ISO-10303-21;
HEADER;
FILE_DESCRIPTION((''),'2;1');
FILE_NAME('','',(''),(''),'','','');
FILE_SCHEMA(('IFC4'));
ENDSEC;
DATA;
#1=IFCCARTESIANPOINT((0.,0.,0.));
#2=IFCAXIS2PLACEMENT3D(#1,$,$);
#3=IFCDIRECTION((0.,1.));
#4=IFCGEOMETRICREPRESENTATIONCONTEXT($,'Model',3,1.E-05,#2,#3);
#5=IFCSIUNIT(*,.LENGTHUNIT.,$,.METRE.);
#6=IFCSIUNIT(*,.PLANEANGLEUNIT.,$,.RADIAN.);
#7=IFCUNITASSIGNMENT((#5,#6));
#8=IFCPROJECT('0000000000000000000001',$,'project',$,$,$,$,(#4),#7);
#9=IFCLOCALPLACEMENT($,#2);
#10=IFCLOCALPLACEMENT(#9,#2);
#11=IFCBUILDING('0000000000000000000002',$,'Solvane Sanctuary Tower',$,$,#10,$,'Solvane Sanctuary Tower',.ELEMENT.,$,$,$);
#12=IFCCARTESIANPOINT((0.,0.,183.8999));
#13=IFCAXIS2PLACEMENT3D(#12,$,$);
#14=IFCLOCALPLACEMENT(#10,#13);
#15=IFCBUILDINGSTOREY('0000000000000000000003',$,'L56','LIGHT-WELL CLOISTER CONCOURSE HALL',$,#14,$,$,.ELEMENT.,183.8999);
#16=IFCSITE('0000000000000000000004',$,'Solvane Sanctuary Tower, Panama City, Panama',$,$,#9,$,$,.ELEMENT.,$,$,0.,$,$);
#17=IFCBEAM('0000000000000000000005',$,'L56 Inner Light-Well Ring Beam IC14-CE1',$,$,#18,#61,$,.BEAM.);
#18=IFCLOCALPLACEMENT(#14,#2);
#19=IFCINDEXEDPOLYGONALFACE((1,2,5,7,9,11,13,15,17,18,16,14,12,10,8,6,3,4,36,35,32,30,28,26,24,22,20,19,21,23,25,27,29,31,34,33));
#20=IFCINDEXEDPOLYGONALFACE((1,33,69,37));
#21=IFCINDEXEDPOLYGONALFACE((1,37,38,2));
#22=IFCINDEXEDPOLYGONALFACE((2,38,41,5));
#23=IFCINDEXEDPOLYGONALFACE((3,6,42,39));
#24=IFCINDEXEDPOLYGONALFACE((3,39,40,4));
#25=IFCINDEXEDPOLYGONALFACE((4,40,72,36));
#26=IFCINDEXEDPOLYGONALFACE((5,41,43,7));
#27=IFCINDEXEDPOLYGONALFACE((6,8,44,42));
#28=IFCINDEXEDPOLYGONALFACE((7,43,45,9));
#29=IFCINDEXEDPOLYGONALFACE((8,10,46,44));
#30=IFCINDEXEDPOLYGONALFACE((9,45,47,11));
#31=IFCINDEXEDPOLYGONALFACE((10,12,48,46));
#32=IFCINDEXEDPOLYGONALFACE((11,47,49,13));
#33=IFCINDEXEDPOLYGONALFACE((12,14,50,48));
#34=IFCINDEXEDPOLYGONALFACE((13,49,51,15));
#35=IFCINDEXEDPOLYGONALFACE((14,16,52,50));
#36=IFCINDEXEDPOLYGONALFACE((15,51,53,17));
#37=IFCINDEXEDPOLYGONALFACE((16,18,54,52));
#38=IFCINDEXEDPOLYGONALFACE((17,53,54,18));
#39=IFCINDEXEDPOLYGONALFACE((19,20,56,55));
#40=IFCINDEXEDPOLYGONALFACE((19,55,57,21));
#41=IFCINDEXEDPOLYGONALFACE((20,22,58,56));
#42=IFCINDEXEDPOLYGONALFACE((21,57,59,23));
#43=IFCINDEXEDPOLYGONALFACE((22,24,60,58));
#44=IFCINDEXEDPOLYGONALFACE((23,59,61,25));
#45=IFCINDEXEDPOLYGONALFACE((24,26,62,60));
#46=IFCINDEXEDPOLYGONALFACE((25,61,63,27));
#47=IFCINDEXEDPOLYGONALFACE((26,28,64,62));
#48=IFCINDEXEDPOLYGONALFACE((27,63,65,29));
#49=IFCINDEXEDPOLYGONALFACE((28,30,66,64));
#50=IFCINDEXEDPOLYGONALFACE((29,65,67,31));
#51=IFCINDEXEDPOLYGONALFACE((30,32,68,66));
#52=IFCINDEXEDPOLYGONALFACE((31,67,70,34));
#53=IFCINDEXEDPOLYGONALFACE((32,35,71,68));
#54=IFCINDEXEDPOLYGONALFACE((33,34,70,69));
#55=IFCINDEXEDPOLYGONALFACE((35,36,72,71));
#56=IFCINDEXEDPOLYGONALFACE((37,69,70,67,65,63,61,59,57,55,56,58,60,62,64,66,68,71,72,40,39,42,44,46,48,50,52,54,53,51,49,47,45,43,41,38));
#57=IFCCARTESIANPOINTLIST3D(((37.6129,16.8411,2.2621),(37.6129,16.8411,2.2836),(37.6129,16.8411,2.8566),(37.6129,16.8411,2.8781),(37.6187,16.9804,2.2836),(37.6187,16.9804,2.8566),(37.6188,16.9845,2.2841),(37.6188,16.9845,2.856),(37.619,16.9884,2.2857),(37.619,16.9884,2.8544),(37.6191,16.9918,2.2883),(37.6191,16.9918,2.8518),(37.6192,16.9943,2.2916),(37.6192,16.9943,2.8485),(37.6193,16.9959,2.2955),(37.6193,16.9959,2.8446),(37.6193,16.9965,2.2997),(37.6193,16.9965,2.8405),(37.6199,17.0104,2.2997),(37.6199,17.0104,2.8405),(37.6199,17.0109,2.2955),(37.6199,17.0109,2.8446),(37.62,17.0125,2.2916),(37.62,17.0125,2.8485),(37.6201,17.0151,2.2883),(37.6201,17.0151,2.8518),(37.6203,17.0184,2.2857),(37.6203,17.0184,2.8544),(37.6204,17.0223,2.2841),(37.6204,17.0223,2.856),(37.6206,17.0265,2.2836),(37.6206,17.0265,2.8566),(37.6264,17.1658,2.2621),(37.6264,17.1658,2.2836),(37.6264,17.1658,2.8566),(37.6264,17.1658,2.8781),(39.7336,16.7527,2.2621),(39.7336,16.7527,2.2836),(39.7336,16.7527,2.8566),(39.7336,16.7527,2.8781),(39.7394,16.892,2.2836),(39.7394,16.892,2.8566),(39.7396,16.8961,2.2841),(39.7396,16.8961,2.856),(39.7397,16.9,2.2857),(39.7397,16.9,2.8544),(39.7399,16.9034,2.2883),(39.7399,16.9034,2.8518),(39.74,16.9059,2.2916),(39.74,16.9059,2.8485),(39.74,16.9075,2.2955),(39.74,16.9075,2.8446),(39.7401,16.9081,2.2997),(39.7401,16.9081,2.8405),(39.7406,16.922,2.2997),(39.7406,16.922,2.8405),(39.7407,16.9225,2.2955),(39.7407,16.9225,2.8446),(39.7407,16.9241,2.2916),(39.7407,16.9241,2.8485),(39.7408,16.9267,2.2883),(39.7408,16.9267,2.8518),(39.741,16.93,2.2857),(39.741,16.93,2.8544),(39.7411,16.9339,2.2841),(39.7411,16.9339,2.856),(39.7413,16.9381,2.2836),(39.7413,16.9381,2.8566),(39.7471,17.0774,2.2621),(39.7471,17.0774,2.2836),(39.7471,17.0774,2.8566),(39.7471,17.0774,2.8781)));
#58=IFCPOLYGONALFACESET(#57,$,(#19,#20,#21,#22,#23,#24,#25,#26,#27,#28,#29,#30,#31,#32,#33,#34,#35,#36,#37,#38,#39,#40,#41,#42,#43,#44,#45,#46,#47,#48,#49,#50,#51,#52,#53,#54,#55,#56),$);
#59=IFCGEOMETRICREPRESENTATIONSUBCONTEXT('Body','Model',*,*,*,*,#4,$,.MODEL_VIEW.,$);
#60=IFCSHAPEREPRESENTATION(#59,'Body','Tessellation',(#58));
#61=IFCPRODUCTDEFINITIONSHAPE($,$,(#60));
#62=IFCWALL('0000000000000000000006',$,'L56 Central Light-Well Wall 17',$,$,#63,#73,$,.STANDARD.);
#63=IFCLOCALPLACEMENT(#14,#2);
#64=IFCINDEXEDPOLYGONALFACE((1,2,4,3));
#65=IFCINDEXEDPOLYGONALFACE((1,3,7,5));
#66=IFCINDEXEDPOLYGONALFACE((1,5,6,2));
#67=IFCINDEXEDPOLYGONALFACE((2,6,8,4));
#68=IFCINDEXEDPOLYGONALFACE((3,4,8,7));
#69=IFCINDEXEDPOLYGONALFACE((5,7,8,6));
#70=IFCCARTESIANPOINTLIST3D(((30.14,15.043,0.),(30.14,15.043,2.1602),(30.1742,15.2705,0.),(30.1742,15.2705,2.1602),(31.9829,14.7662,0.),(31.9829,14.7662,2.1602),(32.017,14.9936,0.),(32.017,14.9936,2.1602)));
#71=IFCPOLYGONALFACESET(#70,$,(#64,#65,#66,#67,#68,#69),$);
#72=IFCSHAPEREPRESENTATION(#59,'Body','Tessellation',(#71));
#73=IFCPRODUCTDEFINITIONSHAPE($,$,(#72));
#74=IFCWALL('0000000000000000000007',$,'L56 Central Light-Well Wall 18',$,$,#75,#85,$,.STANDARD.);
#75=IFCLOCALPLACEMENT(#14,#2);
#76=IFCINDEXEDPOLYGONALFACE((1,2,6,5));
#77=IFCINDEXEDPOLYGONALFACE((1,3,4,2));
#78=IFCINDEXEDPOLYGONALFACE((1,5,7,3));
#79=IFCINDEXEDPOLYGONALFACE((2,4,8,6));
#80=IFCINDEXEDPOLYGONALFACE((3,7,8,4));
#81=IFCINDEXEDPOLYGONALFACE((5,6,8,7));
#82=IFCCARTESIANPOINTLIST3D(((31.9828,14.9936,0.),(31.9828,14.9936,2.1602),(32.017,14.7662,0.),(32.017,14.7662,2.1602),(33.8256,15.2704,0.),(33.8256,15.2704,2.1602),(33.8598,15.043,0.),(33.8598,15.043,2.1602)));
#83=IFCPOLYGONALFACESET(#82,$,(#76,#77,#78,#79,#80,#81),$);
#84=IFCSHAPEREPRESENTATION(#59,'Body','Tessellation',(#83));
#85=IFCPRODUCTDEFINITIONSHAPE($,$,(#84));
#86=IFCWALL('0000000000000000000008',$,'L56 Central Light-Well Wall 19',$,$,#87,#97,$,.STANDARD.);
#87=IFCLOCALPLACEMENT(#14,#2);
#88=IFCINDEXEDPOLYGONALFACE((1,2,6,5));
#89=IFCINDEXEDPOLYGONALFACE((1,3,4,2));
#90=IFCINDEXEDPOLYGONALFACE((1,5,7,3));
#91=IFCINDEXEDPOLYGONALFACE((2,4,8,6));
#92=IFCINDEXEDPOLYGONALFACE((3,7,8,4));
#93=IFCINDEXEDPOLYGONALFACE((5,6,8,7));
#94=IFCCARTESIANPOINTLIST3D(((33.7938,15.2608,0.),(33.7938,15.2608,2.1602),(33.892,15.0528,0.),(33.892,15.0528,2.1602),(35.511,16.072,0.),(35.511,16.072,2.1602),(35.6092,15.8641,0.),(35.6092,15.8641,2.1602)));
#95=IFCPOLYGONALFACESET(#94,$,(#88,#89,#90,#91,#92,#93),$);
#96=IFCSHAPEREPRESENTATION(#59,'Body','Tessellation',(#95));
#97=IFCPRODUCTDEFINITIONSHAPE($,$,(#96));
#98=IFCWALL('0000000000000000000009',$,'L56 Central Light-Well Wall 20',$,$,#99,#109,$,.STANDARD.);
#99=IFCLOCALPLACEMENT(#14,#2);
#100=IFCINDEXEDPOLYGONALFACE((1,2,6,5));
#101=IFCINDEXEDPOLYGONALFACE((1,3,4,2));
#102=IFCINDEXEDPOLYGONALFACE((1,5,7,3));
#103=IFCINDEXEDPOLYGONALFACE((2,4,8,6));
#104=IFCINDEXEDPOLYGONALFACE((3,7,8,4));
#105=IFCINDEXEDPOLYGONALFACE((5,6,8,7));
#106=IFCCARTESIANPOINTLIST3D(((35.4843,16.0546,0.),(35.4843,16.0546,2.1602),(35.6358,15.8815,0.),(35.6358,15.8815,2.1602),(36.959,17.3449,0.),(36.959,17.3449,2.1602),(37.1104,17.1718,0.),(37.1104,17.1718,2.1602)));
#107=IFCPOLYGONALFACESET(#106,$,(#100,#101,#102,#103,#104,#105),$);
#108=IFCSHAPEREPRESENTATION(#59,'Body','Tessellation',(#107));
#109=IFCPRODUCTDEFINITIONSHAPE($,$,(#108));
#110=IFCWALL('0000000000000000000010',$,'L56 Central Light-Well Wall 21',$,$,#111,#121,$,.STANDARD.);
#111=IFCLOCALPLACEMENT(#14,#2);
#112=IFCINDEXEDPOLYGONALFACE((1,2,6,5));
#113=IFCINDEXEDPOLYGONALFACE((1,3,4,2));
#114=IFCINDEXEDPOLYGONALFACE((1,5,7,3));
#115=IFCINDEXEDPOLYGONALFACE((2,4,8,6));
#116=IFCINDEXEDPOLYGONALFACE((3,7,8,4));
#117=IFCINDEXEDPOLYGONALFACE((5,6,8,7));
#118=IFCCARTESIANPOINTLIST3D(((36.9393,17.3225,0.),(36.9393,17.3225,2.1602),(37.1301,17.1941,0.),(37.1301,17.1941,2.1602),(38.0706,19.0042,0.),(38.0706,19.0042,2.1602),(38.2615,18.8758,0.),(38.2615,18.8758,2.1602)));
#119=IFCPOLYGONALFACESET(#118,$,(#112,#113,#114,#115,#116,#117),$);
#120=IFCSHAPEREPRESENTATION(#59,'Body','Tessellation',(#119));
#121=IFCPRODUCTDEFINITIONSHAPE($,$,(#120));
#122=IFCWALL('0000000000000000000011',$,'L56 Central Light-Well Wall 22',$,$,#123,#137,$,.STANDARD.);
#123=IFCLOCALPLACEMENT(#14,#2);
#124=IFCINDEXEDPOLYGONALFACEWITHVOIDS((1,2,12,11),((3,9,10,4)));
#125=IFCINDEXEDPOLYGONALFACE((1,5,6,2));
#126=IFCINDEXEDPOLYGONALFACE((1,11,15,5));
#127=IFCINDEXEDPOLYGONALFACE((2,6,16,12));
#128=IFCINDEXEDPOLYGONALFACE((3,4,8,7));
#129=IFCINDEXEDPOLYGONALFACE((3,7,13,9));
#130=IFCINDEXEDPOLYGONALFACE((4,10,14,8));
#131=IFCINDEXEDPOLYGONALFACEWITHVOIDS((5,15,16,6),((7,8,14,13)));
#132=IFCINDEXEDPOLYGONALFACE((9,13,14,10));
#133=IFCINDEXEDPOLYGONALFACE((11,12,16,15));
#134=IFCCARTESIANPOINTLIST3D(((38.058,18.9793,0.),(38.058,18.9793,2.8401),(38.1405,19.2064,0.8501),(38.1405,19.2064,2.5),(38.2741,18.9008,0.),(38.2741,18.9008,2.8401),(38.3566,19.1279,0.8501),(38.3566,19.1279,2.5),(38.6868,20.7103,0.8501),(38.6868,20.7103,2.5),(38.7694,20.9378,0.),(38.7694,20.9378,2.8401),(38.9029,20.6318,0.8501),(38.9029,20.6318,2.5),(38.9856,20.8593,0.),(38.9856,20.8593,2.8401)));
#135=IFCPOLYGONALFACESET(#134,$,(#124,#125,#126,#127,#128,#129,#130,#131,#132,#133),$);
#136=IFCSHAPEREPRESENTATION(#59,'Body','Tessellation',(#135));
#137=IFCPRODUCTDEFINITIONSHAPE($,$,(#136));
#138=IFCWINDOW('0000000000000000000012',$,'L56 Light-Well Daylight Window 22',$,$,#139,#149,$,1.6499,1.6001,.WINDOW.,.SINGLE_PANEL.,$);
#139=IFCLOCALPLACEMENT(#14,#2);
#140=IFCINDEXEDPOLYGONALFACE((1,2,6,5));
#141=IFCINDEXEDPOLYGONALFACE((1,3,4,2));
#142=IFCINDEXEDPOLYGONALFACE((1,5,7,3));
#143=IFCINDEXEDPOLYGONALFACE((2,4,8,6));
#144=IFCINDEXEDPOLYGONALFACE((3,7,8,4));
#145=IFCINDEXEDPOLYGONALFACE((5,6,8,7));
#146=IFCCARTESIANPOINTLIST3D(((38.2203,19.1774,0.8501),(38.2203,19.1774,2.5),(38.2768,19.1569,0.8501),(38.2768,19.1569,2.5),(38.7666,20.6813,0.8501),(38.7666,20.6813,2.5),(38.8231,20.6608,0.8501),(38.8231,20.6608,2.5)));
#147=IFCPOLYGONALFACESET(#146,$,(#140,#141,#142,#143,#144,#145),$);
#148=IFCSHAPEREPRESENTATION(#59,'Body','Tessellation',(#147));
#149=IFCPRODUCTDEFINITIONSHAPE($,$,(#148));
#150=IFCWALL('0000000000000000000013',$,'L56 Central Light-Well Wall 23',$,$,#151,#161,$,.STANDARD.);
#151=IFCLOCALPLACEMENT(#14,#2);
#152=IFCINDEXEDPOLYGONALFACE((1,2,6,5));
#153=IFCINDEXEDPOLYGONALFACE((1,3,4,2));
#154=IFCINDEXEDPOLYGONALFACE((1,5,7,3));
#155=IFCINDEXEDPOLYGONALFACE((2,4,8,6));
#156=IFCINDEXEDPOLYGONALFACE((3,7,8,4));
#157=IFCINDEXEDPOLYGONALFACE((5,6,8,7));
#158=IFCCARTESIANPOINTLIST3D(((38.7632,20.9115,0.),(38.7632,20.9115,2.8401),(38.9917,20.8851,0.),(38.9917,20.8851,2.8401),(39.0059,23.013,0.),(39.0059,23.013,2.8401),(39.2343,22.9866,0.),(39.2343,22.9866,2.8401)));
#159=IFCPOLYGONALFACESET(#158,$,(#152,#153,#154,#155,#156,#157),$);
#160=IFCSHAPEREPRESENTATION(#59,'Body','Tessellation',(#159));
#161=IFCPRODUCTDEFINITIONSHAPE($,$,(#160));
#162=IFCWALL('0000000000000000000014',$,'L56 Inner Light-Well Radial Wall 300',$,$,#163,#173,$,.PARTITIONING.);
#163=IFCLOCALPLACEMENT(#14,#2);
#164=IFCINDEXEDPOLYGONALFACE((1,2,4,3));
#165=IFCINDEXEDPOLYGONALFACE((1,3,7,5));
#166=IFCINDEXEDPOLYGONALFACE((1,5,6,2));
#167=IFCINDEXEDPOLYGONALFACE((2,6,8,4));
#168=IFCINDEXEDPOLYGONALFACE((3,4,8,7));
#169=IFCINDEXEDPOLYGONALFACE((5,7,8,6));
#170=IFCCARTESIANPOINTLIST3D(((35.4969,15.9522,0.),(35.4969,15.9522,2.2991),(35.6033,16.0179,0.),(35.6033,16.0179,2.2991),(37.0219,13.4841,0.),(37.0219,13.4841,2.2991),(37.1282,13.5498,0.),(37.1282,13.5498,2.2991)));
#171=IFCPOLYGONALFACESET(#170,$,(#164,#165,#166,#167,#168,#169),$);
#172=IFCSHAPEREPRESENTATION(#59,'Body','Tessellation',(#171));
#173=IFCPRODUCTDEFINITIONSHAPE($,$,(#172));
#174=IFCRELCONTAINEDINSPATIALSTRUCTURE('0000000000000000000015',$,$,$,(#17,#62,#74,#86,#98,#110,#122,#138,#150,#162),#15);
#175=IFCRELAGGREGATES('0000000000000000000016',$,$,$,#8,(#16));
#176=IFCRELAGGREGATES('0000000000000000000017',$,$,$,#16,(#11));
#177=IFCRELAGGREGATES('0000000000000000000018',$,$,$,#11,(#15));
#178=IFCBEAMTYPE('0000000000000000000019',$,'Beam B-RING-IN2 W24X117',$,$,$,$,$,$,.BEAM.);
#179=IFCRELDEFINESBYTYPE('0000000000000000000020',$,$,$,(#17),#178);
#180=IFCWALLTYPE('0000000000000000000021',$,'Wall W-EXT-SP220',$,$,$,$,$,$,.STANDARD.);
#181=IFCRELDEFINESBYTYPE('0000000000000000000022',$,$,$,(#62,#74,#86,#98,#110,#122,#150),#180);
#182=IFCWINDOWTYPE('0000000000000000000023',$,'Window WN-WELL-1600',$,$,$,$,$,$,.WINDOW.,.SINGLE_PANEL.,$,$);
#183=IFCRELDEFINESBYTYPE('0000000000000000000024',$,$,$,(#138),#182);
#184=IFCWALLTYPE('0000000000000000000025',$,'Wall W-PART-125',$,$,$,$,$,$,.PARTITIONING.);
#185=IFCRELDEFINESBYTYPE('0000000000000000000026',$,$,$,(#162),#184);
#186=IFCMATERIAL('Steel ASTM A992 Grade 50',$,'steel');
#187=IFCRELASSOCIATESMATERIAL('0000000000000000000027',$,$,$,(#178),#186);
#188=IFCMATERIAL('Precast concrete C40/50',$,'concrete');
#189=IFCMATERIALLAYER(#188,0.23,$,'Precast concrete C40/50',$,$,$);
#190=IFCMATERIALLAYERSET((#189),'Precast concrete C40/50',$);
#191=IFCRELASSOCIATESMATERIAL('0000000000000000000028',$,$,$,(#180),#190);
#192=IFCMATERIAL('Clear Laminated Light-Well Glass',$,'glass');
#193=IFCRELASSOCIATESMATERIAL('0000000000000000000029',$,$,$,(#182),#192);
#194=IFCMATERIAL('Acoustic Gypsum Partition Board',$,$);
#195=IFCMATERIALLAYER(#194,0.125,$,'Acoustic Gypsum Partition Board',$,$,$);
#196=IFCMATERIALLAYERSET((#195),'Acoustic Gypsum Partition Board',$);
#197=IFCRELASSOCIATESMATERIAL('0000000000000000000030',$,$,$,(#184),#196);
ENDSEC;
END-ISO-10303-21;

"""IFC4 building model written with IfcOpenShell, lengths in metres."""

from ifc_helpers import new_model, si_unit, direction, frame, frame_2d, origin, origin_2d, place, context, subcontext, project, spatial, rectangle, i_section, extrude, material, layer, layer_set, material_profile, profile_set, type_object, element, fill, save


model = new_model("IFC4")

# Units and contexts
model_context = context("Model", 3, precision=1e-05, world=origin(), true_north=direction((0.0, 1.0)))
body_context = subcontext(model_context, "Body", "Model", "MODEL_VIEW")
ifc_project = project(units=[si_unit("LENGTHUNIT", "METRE"), si_unit("PLANEANGLEUNIT", "RADIAN")], contexts=[model_context])

# Site, building, storey
site_placement = place(None, origin())
site = spatial("IfcSite", under=ifc_project, at=site_placement, Name="Solvane Sanctuary Tower, Panama City, Panama", CompositionType="ELEMENT", RefElevation=0.0)
building_placement = place(site_placement, origin())
building = spatial("IfcBuilding", under=site, at=building_placement, Name="Solvane Sanctuary Tower", LongName="Solvane Sanctuary Tower", CompositionType="ELEMENT")
storey_placement = place(building_placement, frame((0.0, 0.0, 183.8999)))
storey = spatial("IfcBuildingStorey", under=building, at=storey_placement, Name="L56", Description="LIGHT-WELL CLOISTER CONCOURSE HALL", CompositionType="ELEMENT", Elevation=183.8999)

# Beam
ifc_material_1 = material(Name="Steel ASTM A992 Grade 50", Category="steel")
ifc_material_profile_1 = material_profile(ifc_material_1, i_section(OverallWidth=0.325, OverallDepth=0.616, WebThickness=0.0139, FlangeThickness=0.0215, FilletRadius=0.0161, at=origin_2d()), Name="W24X117")
ifc_profile_set_1 = profile_set([ifc_material_profile_1], Name="Steel ASTM A992 Grade 50")
beam_type_1 = type_object("IfcBeamType", Name="Beam B-RING-IN2 W24X117", PredefinedType="BEAM", material=ifc_profile_set_1)
beam_1_placement = place(storey_placement, frame((37.6196, 17.0034, 2.5701), z_axis=(0.999133, -0.04164, 0.0), x_axis=(0.04164, 0.999133, 0.0)))
element("IfcBeam", 1, at=beam_1_placement, inside=storey, type_object=beam_type_1, Name="L56 Inner Light-Well Ring Beam IC14-CE1", PredefinedType="BEAM", context=body_context, shape_type="SweptSolid", body=[
    extrude(i_section(OverallWidth=0.325, OverallDepth=0.616, WebThickness=0.0139, FlangeThickness=0.0215, FilletRadius=0.0161, at=origin_2d()), origin(), (0.0, 0.0, 1.0), 2.1226),
])

# Walls
ifc_material_2 = material(Name="Precast concrete C40/50", Category="concrete")
ifc_layer_1 = layer(ifc_material_2, 0.23, Name="Precast concrete C40/50")
ifc_layer_set_1 = layer_set([ifc_layer_1], Name="Precast concrete C40/50")
wall_type_1 = type_object("IfcWallType", Name="Wall W-EXT-SP220", PredefinedType="STANDARD", material=ifc_layer_set_1)
for number, where, z_axis, x_axis, name in (
    (2, (30.1572, 15.1567, 0.0), (0.0, 0.0, 1.0), (0.988902, -0.148571, 0.0), "L56 Central Light-Well Wall 17"),
    (3, (32.0, 14.8799, 0.0), (0.0, 0.0, 1.0), (0.988902, 0.148571, 0.0), "L56 Central Light-Well Wall 18"),
):
    element("IfcWall", number, at=place(storey_placement, frame(where, z_axis=z_axis, x_axis=x_axis)), inside=storey, type_object=wall_type_1, Name=name, PredefinedType="STANDARD", context=body_context, shape_type="SweptSolid", body=[
        extrude(rectangle(XDim=1.8635, YDim=0.23, at=frame_2d((0.9316, 0.0))), origin(), (0.0, 0.0, 1.0), 2.1602),
    ])
wall_1_placement = place(storey_placement, frame((33.8428, 15.1567, 0.0), z_axis=(0.0, 0.0, 1.0), x_axis=(0.90418, 0.427152, 0.0)))
element("IfcWall", 4, at=wall_1_placement, inside=storey, type_object=wall_type_1, Name="L56 Central Light-Well Wall 19", PredefinedType="STANDARD", context=body_context, shape_type="SweptSolid", body=[
    extrude(rectangle(XDim=1.8992, YDim=0.23, at=frame_2d((0.9497, 0.0))), origin(), (0.0, 0.0, 1.0), 2.1602),
])
wall_2_placement = place(storey_placement, frame((35.5601, 15.968, 0.0), z_axis=(0.0, 0.0, 1.0), x_axis=(0.752577, 0.658505, 0.0)))
element("IfcWall", 5, at=wall_2_placement, inside=storey, type_object=wall_type_1, Name="L56 Central Light-Well Wall 20", PredefinedType="STANDARD", context=body_context, shape_type="SweptSolid", body=[
    extrude(rectangle(XDim=1.9595, YDim=0.23, at=frame_2d((0.9797, 0.0))), origin(), (0.0, 0.0, 1.0), 2.1602),
])
wall_3_placement = place(storey_placement, frame((37.0347, 17.2583, 0.0), z_axis=(0.0, 0.0, 1.0), x_axis=(0.558198, 0.829708, 0.0)))
element("IfcWall", 6, at=wall_3_placement, inside=storey, type_object=wall_type_1, Name="L56 Central Light-Well Wall 21", PredefinedType="STANDARD", context=body_context, shape_type="SweptSolid", body=[
    extrude(rectangle(XDim=2.0269, YDim=0.23, at=frame_2d((1.0134, 0.0))), origin(), (0.0, 0.0, 1.0), 2.1602),
])

# Wall, opening, window
wall_4_placement = place(storey_placement, frame((38.166, 18.9399, 0.0), z_axis=(0.0, 0.0, 1.0), x_axis=(0.341423, 0.93991, 0.0)))
wall_4 = element("IfcWall", 7, at=wall_4_placement, inside=storey, type_object=wall_type_1, Name="L56 Central Light-Well Wall 22", PredefinedType="STANDARD", context=body_context, shape_type="SweptSolid", body=[
    extrude(rectangle(XDim=2.0837, YDim=0.23, at=frame_2d((1.042, 0.0))), origin(), (0.0, 0.0, 1.0), 2.8401),
])
opening_placement = place(wall_4_placement, frame((0.2417, 0.0, 0.8501)))
opening = element("IfcOpeningElement", 8, at=opening_placement, cuts=wall_4, PredefinedType="OPENING", context=body_context, shape_type="SweptSolid", body=[
    extrude(rectangle(XDim=1.6001, YDim=1.6499, at=frame_2d((0.8, 0.825))), frame((0.0, 0.125, 0.0), z_axis=(0.0, -1.0, 0.0), x_axis=(1.0, 0.0, 0.0)), (0.0, 0.0, 1.0), 0.25),
])
ifc_material_3 = material(Name="Clear Laminated Light-Well Glass", Category="glass")
window_type = type_object("IfcWindowType", Name="Window WN-WELL-1600", PartitioningType="SINGLE_PANEL", PredefinedType="WINDOW", material=ifc_material_3)
window_placement = place(opening_placement, origin())
window = element("IfcWindow", 9, at=window_placement, inside=storey, type_object=window_type, Name="L56 Light-Well Daylight Window 22", OverallHeight=1.6499, OverallWidth=1.6001, PartitioningType="SINGLE_PANEL", PredefinedType="WINDOW", context=body_context, shape_type="SweptSolid", body=[
    extrude(rectangle(XDim=1.6001, YDim=1.6499, at=frame_2d((0.8, 0.825))), frame((0.0, 0.03, 0.0), z_axis=(0.0, -1.0, 0.0), x_axis=(1.0, 0.0, 0.0)), (0.0, 0.0, 1.0), 0.0601),
])
fill(opening, window)

# Walls
wall_5_placement = place(storey_placement, frame((38.8774, 20.8984, 0.0), z_axis=(0.0, 0.0, 1.0), x_axis=(0.114712, 0.993399, 0.0)))
element("IfcWall", 10, at=wall_5_placement, inside=storey, type_object=wall_type_1, Name="L56 Central Light-Well Wall 23", PredefinedType="STANDARD", context=body_context, shape_type="SweptSolid", body=[
    extrude(rectangle(XDim=2.1155, YDim=0.23, at=frame_2d((1.0576, 0.0))), origin(), (0.0, 0.0, 1.0), 2.8401),
])
ifc_material_4 = material(Name="Acoustic Gypsum Partition Board")
ifc_layer_2 = layer(ifc_material_4, 0.125, Name="Acoustic Gypsum Partition Board")
ifc_layer_set_2 = layer_set([ifc_layer_2], Name="Acoustic Gypsum Partition Board")
wall_type_2 = type_object("IfcWallType", Name="Wall W-PART-125", PredefinedType="PARTITIONING", material=ifc_layer_set_2)
wall_6_placement = place(storey_placement, frame((35.55, 15.9851, 0.0), z_axis=(0.0, 0.0, 1.0), x_axis=(0.525627, -0.850715, 0.0)))
element("IfcWall", 11, at=wall_6_placement, inside=storey, type_object=wall_type_2, Name="L56 Inner Light-Well Radial Wall 300", PredefinedType="PARTITIONING", context=body_context, shape_type="SweptSolid", body=[
    extrude(rectangle(XDim=2.9011, YDim=0.125, at=frame_2d((1.4507, 0.0))), origin(), (0.0, 0.0, 1.0), 2.2991),
])

save(model, "model.ifc")
